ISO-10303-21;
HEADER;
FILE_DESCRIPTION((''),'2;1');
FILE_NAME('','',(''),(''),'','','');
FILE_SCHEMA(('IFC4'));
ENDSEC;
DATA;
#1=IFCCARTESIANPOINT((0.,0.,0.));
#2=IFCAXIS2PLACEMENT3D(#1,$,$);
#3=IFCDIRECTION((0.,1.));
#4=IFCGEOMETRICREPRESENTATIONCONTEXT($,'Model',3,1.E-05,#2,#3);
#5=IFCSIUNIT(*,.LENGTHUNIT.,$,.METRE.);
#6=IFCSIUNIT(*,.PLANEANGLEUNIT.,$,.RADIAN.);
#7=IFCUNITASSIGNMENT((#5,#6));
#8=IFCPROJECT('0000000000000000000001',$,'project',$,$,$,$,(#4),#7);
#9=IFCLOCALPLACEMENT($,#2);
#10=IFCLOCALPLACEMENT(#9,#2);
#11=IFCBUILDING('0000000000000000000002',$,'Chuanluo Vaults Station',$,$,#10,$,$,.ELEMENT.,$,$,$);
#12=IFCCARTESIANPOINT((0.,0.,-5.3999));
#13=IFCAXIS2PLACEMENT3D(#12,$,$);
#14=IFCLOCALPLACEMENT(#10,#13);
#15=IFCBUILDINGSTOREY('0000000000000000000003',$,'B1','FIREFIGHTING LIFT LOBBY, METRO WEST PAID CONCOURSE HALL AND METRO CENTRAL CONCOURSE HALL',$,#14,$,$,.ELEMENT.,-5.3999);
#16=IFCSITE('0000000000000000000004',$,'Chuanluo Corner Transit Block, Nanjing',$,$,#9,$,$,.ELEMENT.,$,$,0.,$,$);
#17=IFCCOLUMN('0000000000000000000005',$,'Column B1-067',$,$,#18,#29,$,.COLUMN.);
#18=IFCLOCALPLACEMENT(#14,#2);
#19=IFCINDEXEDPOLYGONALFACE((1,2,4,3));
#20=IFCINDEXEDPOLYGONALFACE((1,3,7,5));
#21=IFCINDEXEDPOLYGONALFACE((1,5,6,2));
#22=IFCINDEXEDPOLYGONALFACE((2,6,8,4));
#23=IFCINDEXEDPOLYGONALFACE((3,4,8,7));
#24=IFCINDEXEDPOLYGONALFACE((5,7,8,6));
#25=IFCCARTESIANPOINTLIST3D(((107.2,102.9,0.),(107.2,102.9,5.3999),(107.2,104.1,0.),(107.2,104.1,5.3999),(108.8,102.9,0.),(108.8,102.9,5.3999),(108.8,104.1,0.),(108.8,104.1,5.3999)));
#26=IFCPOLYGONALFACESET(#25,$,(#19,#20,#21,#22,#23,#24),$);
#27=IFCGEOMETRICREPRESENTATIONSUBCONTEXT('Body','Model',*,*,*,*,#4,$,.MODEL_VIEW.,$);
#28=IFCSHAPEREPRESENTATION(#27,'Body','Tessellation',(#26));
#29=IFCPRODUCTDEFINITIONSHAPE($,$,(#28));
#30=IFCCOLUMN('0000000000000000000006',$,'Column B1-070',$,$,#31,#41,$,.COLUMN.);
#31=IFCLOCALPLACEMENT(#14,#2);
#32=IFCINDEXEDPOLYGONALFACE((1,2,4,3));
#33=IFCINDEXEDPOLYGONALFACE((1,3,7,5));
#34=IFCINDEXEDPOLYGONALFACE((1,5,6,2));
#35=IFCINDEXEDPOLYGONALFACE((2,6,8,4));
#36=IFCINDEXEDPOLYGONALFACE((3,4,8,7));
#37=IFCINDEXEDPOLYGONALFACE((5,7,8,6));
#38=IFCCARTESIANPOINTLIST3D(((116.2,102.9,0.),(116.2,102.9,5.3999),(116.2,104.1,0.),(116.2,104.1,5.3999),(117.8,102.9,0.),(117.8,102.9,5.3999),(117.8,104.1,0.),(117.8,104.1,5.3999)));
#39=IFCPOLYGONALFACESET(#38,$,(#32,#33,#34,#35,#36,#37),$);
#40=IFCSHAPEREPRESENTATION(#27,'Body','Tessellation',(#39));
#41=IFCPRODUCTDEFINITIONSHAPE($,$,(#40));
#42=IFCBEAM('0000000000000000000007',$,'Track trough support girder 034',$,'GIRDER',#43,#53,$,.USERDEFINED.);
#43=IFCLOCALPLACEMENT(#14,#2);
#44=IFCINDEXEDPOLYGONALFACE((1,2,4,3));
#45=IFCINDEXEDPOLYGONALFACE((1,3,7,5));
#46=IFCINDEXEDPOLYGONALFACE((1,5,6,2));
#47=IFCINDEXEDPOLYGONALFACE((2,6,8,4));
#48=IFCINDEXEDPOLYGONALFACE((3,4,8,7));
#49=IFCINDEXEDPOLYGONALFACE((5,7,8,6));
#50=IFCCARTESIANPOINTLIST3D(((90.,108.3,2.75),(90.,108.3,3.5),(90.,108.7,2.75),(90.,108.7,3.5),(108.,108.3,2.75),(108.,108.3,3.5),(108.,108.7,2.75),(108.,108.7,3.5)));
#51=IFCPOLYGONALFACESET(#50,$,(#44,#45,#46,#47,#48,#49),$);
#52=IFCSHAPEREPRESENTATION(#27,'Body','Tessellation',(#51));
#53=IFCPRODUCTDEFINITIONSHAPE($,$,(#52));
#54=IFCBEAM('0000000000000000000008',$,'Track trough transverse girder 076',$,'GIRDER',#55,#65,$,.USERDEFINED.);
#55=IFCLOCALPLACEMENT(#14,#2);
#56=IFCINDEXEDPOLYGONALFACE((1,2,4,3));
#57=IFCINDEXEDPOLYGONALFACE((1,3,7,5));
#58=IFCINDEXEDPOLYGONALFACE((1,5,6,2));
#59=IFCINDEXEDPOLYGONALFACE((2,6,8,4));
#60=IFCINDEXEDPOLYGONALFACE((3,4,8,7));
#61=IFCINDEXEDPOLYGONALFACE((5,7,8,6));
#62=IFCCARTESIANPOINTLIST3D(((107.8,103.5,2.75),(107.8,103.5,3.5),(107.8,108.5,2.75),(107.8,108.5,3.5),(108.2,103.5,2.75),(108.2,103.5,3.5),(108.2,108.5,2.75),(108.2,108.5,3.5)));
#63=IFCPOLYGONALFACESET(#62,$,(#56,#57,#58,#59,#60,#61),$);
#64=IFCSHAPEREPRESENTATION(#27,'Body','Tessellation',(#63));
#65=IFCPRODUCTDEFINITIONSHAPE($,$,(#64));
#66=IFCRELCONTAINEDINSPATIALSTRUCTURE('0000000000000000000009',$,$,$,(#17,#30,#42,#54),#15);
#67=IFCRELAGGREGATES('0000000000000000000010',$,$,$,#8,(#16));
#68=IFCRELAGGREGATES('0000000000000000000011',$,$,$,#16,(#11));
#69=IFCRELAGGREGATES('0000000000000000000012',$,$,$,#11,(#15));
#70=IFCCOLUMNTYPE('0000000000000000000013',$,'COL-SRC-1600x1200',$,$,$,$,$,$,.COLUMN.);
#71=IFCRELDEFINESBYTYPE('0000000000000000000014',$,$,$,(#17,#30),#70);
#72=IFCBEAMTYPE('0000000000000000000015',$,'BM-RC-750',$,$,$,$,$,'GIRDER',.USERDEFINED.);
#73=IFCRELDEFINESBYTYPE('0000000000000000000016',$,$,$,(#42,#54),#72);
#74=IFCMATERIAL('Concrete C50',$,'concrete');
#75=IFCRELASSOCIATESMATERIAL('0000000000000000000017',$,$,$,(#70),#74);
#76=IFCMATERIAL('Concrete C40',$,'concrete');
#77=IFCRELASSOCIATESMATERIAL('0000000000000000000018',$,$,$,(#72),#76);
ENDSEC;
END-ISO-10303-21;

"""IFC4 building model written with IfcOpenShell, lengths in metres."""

from ifc_helpers import new_model, si_unit, direction, frame, origin, origin_2d, place, context, subcontext, project, spatial, rectangle, extrude, material, material_profile, profile_set, type_object, element, save


model = new_model("IFC4")

# Units and contexts
model_context = context("Model", 3, precision=1e-05, world=origin(), true_north=direction((0.0, 1.0)))
body_context = subcontext(model_context, "Body", "Model", "MODEL_VIEW")
ifc_project = project(units=[si_unit("LENGTHUNIT", "METRE"), si_unit("PLANEANGLEUNIT", "RADIAN")], contexts=[model_context])

# Site, building, storey
site_placement = place(None, origin())
site = spatial("IfcSite", under=ifc_project, at=site_placement, Name="Chuanluo Corner Transit Block, Nanjing", CompositionType="ELEMENT", RefElevation=0.0)
building_placement = place(site_placement, origin())
building = spatial("IfcBuilding", under=site, at=building_placement, Name="Chuanluo Vaults Station", CompositionType="ELEMENT")
storey_placement = place(building_placement, frame((0.0, 0.0, -5.3999)))
storey = spatial("IfcBuildingStorey", under=building, at=storey_placement, Name="B1", Description="FIREFIGHTING LIFT LOBBY, METRO WEST PAID CONCOURSE HALL AND METRO CENTRAL CONCOURSE HALL", CompositionType="ELEMENT", Elevation=-5.3999)

# Columns
ifc_material_1 = material(Name="Concrete C50", Category="concrete")
ifc_material_profile_1 = material_profile(ifc_material_1, rectangle(XDim=1.6001, YDim=1.2, at=origin_2d()))
ifc_profile_set_1 = profile_set([ifc_material_profile_1], Name="Concrete C50")
column_type_1 = type_object("IfcColumnType", Name="COL-SRC-1600x1200", PredefinedType="COLUMN", material=ifc_profile_set_1)
for number, where, z_axis, x_axis, name in (
    (1, (108.0, 103.5, 0.0), (0.0, 0.0, 1.0), (1.0, 0.0, 0.0), "Column B1-067"),
    (2, (117.0, 103.5, 0.0), (0.0, 0.0, 1.0), (1.0, 0.0, 0.0), "Column B1-070"),
):
    element("IfcColumn", number, at=place(storey_placement, frame(where, z_axis=z_axis, x_axis=x_axis)), inside=storey, type_object=column_type_1, Name=name, PredefinedType="COLUMN", context=body_context, shape_type="SweptSolid", body=[
        extrude(rectangle(XDim=1.6001, YDim=1.2, at=origin_2d()), origin(), (0.0, 0.0, 1.0), 5.3999),
    ])

# Beams
ifc_material_2 = material(Name="Concrete C40", Category="concrete")
ifc_material_profile_2 = material_profile(ifc_material_2, rectangle(XDim=0.3999, YDim=0.75, at=origin_2d()))
ifc_profile_set_2 = profile_set([ifc_material_profile_2], Name="Concrete C40")
beam_type = type_object("IfcBeamType", Name="BM-RC-750", ElementType="GIRDER", PredefinedType="USERDEFINED", material=ifc_profile_set_2)
beam_1_placement = place(storey_placement, frame((90.0, 108.5, 3.125), z_axis=(1.0, 0.0, 0.0), x_axis=(0.0, 1.0, 0.0)))
element("IfcBeam", 3, at=beam_1_placement, inside=storey, type_object=beam_type, Name="Track trough support girder 034", ObjectType="GIRDER", PredefinedType="USERDEFINED", context=body_context, shape_type="SweptSolid", body=[
    extrude(rectangle(XDim=0.3999, YDim=0.75, at=origin_2d()), origin(), (0.0, 0.0, 1.0), 18.0),
])
beam_2_placement = place(storey_placement, frame((108.0, 103.5, 3.125), z_axis=(0.0, 1.0, 0.0), x_axis=(-1.0, 0.0, 0.0)))
element("IfcBeam", 4, at=beam_2_placement, inside=storey, type_object=beam_type, Name="Track trough transverse girder 076", ObjectType="GIRDER", PredefinedType="USERDEFINED", context=body_context, shape_type="SweptSolid", body=[
    extrude(rectangle(XDim=0.3999, YDim=0.75, at=origin_2d()), origin(), (0.0, 0.0, 1.0), 5.0),
])

save(model, "model.ifc")
